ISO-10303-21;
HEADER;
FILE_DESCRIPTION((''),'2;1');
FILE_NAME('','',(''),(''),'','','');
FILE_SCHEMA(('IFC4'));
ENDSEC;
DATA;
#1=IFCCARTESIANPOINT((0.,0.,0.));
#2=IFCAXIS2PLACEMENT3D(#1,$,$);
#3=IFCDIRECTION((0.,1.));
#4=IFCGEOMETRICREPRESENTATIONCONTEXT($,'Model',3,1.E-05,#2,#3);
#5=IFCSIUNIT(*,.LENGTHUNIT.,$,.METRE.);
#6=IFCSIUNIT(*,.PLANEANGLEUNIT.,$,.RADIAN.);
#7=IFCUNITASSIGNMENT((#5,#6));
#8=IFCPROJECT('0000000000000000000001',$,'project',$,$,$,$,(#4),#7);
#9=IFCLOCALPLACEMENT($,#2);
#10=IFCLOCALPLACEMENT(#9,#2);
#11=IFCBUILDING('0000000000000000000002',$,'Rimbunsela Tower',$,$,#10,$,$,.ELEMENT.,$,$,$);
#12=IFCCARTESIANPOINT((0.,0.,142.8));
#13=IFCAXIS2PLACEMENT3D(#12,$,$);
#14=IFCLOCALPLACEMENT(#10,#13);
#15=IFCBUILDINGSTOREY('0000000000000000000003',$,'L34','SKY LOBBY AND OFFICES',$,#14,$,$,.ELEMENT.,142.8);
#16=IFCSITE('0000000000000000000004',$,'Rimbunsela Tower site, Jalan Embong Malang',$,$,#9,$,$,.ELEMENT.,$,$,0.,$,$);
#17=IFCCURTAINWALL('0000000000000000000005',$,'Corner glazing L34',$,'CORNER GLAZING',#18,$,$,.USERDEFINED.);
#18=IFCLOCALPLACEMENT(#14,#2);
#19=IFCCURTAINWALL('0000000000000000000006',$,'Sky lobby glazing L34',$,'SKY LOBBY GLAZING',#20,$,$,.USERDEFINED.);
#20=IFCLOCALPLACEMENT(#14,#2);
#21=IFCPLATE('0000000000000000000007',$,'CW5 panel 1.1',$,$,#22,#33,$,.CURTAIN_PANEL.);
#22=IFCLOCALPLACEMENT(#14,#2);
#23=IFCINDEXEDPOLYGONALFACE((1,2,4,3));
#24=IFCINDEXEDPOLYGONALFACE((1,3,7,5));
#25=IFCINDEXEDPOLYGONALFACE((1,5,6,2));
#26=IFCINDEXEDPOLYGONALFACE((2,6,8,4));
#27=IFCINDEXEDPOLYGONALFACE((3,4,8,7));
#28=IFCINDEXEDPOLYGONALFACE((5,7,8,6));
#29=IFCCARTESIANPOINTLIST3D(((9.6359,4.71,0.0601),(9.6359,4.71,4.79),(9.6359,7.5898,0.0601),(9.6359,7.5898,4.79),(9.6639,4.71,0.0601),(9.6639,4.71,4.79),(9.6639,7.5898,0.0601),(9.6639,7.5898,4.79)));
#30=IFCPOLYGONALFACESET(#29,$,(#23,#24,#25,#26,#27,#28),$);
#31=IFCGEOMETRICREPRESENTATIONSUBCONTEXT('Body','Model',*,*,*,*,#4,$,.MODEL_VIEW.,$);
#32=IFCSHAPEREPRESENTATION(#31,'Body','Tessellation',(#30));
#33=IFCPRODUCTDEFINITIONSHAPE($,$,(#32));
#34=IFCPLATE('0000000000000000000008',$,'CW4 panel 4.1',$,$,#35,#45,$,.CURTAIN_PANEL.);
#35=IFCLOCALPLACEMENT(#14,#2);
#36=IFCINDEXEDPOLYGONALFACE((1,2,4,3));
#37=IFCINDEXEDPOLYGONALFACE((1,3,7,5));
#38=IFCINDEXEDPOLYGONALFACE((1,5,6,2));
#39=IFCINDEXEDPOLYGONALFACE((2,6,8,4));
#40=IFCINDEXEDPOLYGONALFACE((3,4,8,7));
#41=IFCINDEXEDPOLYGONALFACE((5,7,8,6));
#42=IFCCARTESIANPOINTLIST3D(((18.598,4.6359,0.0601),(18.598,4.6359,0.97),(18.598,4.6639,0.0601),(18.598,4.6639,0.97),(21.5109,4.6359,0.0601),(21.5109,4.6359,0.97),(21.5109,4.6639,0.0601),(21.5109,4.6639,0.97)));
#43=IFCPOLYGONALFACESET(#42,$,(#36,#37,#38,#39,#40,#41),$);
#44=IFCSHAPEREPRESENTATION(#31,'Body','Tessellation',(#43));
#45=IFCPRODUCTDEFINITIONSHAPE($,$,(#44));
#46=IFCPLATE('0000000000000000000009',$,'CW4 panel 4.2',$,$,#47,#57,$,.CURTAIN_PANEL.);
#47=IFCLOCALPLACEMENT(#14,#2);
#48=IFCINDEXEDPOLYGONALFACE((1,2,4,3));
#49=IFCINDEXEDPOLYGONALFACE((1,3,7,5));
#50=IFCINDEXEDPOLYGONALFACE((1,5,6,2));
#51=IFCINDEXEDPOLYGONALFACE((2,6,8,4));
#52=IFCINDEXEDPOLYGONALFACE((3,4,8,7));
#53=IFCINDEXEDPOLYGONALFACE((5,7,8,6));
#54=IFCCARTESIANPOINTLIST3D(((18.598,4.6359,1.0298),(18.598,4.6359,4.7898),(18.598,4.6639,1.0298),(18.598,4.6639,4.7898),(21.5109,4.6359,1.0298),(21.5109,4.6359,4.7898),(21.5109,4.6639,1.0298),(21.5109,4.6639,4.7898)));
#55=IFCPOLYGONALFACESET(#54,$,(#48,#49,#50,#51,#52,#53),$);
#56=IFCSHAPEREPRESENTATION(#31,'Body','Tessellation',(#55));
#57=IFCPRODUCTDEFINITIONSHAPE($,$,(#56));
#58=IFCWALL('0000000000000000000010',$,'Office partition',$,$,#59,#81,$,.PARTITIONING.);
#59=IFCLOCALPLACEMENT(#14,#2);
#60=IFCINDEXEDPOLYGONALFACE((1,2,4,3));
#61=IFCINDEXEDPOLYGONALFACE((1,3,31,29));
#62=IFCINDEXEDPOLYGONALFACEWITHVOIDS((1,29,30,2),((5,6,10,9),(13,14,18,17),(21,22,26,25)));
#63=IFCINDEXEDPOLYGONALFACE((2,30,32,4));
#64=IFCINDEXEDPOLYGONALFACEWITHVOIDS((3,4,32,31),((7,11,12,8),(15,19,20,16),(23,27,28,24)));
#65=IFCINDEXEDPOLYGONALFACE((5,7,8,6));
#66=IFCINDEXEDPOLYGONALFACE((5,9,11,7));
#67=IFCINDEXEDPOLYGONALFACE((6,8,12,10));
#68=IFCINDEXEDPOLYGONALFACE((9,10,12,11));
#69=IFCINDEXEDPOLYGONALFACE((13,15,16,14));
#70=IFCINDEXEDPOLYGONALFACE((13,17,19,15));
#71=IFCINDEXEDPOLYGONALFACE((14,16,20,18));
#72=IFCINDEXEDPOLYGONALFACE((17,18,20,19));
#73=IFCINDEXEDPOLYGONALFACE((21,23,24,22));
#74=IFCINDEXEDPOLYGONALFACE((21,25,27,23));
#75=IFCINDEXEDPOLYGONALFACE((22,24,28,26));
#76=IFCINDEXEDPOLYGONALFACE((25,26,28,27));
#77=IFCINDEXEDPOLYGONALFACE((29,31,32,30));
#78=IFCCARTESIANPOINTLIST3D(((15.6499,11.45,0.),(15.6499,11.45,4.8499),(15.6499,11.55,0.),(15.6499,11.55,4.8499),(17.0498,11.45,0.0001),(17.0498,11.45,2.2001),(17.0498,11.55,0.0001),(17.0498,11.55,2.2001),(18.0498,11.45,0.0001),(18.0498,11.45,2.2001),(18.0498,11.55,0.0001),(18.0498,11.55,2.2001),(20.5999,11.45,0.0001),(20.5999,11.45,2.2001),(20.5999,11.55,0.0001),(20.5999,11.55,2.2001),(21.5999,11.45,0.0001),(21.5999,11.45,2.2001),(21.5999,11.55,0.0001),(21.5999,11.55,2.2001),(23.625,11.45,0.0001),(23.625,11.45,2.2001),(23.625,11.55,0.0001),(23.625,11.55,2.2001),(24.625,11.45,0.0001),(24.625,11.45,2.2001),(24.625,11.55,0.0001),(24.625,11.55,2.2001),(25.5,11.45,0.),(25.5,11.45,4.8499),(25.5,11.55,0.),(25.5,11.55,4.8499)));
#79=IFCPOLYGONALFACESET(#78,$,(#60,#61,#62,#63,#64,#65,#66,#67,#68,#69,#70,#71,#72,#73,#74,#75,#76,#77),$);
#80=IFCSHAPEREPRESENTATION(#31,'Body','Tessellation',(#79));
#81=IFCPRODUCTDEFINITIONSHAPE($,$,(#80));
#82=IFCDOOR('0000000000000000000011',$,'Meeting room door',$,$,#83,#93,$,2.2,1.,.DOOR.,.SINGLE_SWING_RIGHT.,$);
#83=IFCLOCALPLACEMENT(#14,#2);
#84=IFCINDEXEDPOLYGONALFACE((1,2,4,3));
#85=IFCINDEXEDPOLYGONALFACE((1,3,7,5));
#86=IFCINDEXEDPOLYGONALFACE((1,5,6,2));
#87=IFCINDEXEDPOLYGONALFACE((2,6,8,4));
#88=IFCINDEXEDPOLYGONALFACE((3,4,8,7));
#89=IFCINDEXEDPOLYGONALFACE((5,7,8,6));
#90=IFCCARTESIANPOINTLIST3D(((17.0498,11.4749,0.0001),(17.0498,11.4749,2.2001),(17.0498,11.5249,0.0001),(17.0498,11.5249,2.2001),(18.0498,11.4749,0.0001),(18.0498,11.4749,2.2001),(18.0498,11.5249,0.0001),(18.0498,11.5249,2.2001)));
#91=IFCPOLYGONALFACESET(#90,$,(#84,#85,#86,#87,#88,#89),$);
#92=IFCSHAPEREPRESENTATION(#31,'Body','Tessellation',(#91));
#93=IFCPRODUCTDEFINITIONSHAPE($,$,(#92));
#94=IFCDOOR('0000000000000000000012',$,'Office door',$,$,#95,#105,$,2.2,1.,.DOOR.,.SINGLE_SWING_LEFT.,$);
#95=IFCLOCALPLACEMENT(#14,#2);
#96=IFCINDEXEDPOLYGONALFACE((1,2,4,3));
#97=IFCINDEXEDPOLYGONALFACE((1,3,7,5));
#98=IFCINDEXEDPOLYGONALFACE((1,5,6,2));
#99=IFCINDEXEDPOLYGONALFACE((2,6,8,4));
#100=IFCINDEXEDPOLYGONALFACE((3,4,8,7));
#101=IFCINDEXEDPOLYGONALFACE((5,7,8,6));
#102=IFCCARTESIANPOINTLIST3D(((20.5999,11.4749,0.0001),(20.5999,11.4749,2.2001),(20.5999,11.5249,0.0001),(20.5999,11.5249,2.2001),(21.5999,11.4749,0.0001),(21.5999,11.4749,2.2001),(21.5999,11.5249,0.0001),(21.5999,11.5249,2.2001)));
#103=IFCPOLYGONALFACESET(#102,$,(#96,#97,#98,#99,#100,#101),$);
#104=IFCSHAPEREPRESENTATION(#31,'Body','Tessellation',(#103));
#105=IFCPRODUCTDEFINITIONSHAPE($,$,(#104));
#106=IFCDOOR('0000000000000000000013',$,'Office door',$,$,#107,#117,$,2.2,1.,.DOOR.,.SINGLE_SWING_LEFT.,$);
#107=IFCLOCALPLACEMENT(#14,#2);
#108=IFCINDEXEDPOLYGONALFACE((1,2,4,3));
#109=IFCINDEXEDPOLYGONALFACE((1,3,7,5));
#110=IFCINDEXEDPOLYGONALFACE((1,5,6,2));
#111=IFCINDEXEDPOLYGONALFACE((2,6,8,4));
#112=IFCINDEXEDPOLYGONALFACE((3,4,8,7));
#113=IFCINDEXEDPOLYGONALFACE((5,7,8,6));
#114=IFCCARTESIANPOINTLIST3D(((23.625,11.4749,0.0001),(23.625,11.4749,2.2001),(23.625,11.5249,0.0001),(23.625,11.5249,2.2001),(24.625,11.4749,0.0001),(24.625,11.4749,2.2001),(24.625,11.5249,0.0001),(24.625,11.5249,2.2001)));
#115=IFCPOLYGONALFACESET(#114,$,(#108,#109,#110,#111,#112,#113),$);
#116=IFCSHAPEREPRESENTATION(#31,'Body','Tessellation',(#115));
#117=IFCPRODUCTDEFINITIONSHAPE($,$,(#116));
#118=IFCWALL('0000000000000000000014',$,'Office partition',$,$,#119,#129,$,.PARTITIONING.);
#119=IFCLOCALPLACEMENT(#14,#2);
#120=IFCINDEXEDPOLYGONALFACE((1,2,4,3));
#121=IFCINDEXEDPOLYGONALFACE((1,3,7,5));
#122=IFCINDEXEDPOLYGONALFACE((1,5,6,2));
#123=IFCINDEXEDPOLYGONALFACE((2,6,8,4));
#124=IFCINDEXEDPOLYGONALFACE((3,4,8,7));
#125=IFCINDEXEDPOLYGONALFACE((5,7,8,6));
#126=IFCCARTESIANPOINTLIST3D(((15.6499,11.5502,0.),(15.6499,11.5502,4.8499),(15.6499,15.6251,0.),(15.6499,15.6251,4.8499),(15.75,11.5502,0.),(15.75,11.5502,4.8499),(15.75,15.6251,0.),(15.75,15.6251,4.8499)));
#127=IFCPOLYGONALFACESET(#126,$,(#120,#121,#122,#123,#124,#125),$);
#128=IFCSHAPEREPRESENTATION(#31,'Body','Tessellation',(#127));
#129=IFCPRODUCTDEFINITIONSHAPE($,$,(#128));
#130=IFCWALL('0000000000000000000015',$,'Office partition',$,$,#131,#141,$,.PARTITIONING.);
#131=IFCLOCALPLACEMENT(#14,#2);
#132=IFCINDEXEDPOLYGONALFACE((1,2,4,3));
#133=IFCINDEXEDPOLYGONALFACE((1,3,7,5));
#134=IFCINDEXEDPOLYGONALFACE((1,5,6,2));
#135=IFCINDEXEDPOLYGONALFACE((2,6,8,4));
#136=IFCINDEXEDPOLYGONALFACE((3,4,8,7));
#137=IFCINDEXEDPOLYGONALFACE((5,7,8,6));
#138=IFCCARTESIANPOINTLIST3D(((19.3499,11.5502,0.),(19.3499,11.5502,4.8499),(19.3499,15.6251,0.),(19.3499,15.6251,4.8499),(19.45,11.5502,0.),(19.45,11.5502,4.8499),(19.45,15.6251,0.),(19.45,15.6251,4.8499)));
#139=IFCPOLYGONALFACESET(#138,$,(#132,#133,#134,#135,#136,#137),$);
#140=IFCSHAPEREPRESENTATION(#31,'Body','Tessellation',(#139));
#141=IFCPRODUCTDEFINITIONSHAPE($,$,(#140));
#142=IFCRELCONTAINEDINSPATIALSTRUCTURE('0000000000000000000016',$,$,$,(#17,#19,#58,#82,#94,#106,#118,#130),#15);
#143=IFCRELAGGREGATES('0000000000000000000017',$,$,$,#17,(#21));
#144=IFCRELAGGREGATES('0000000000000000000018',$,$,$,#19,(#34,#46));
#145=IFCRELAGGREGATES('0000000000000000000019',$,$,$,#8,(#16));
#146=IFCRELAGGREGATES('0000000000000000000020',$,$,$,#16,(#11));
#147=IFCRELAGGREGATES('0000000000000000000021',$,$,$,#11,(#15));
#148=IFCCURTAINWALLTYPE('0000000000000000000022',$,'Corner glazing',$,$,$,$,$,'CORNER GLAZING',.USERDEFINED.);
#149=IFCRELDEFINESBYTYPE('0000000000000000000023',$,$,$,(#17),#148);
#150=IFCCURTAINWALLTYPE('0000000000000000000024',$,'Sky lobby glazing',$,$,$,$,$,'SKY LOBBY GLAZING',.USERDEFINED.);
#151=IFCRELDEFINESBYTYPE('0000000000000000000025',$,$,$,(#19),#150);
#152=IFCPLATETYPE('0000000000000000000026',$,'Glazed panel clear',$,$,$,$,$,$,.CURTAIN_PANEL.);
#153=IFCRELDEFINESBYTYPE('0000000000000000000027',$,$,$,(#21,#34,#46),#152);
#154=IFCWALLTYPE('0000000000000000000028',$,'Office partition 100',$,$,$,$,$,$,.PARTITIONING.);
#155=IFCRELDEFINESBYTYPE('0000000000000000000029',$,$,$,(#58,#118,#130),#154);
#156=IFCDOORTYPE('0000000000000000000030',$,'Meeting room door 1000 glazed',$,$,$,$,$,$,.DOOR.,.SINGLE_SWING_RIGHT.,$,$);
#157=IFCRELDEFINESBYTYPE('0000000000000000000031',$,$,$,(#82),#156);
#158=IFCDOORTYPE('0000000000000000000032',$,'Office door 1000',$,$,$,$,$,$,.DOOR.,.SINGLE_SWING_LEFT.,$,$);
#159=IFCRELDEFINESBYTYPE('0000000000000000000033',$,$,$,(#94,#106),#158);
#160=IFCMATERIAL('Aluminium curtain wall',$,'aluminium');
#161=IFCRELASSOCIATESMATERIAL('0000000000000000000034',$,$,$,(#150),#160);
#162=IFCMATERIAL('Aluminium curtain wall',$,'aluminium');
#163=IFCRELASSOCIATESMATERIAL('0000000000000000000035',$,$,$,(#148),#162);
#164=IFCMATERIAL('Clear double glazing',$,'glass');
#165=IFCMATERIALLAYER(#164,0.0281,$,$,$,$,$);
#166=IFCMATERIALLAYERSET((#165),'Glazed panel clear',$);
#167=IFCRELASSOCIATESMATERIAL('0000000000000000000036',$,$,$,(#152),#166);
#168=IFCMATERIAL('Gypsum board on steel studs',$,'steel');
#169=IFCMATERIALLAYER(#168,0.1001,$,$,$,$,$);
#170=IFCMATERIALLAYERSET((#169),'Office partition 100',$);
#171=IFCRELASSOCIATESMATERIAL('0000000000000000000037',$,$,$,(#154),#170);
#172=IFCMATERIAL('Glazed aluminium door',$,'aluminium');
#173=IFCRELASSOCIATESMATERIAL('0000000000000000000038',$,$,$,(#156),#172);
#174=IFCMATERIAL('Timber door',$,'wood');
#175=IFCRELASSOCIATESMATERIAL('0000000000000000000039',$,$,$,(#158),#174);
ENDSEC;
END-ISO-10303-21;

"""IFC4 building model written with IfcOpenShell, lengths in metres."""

from ifc_helpers import new_model, si_unit, direction, frame, frame_2d, origin, origin_2d, place, context, subcontext, project, spatial, rectangle, extrude, material, layer, layer_set, type_object, element, fill, aggregate, save


model = new_model("IFC4")

# Units and contexts
model_context = context("Model", 3, precision=1e-05, world=origin(), true_north=direction((0.0, 1.0)))
body_context = subcontext(model_context, "Body", "Model", "MODEL_VIEW")
ifc_project = project(units=[si_unit("LENGTHUNIT", "METRE"), si_unit("PLANEANGLEUNIT", "RADIAN")], contexts=[model_context])

# Site, building, storey
site_placement = place(None, origin())
site = spatial("IfcSite", under=ifc_project, at=site_placement, Name="Rimbunsela Tower site, Jalan Embong Malang", CompositionType="ELEMENT", RefElevation=0.0)
building_placement = place(site_placement, origin())
building = spatial("IfcBuilding", under=site, at=building_placement, Name="Rimbunsela Tower", CompositionType="ELEMENT")
storey_placement = place(building_placement, frame((0.0, 0.0, 142.8)))
storey = spatial("IfcBuildingStorey", under=building, at=storey_placement, Name="L34", Description="SKY LOBBY AND OFFICES", CompositionType="ELEMENT", Elevation=142.8)

# Curtain wall
ifc_material_1 = material(Name="Aluminium curtain wall", Category="aluminium")
curtain_wall_type_1 = type_object("IfcCurtainWallType", Name="Sky lobby glazing", ElementType="SKY LOBBY GLAZING", PredefinedType="USERDEFINED", material=ifc_material_1)
ifc_material_2 = material(Name="Aluminium curtain wall", Category="aluminium")
curtain_wall_type_2 = type_object("IfcCurtainWallType", Name="Corner glazing", ElementType="CORNER GLAZING", PredefinedType="USERDEFINED", material=ifc_material_2)
curtain_wall_1_placement = place(storey_placement, origin())
curtain_wall_1 = element("IfcCurtainWall", 1, at=curtain_wall_1_placement, inside=storey, type_object=curtain_wall_type_2, Name="Corner glazing L34", ObjectType="CORNER GLAZING", PredefinedType="USERDEFINED")

# Curtain wall
curtain_wall_2_placement = place(storey_placement, origin())
curtain_wall_2 = element("IfcCurtainWall", 2, at=curtain_wall_2_placement, inside=storey, type_object=curtain_wall_type_1, Name="Sky lobby glazing L34", ObjectType="SKY LOBBY GLAZING", PredefinedType="USERDEFINED")

# Plates
ifc_material_3 = material(Name="Clear double glazing", Category="glass")
ifc_layer_1 = layer(ifc_material_3, 0.0281)
ifc_layer_set_1 = layer_set([ifc_layer_1], Name="Glazed panel clear")
plate_type = type_object("IfcPlateType", Name="Glazed panel clear", PredefinedType="CURTAIN_PANEL", material=ifc_layer_set_1)
plate_1_placement = place(storey_placement, frame((9.6499, 6.1499, 0.0601), z_axis=(0.0, 0.0, 1.0), x_axis=(0.0, -1.0, 0.0)))
plate_1 = element("IfcPlate", 3, at=plate_1_placement, type_object=plate_type, Name="CW5 panel 1.1", PredefinedType="CURTAIN_PANEL", context=body_context, shape_type="SweptSolid", body=[
    extrude(rectangle(XDim=2.8799, YDim=0.0281, at=origin_2d()), origin(), (0.0, 0.0, 1.0), 4.73),
])
aggregate(curtain_wall_1, [plate_1])
plate_2_placement = place(storey_placement, frame((20.0544, 4.6499, 0.0601), z_axis=(0.0, 0.0, 1.0), x_axis=(1.0, 0.0, 0.0)))
plate_2 = element("IfcPlate", 4, at=plate_2_placement, type_object=plate_type, Name="CW4 panel 4.1", PredefinedType="CURTAIN_PANEL", context=body_context, shape_type="SweptSolid", body=[
    extrude(rectangle(XDim=2.9128, YDim=0.0281, at=origin_2d()), origin(), (0.0, 0.0, 1.0), 0.9099),
])
plate_3_placement = place(storey_placement, frame((20.0544, 4.6499, 1.0298), z_axis=(0.0, 0.0, 1.0), x_axis=(1.0, 0.0, 0.0)))
plate_3 = element("IfcPlate", 5, at=plate_3_placement, type_object=plate_type, Name="CW4 panel 4.2", PredefinedType="CURTAIN_PANEL", context=body_context, shape_type="SweptSolid", body=[
    extrude(rectangle(XDim=2.9128, YDim=0.0281, at=origin_2d()), origin(), (0.0, 0.0, 1.0), 3.76),
])
aggregate(curtain_wall_2, [plate_2, plate_3])

# Wall, openings, doors
ifc_material_4 = material(Name="Gypsum board on steel studs", Category="steel")
ifc_layer_2 = layer(ifc_material_4, 0.1001)
ifc_layer_set_2 = layer_set([ifc_layer_2], Name="Office partition 100")
wall_type = type_object("IfcWallType", Name="Office partition 100", PredefinedType="PARTITIONING", material=ifc_layer_set_2)
wall_placement = place(storey_placement, frame((15.6499, 11.5, 0.0), z_axis=(0.0, 0.0, 1.0), x_axis=(1.0, 0.0, 0.0)))
wall = element("IfcWall", 6, at=wall_placement, inside=storey, type_object=wall_type, Name="Office partition", PredefinedType="PARTITIONING", context=body_context, shape_type="SweptSolid", body=[
    extrude(rectangle(XDim=9.8501, YDim=0.1001, at=frame_2d((4.925, 0.0))), origin(), (0.0, 0.0, 1.0), 4.8499),
])
opening_1_placement = place(wall_placement, frame((1.3999, 0.0, 0.0)))
opening_1 = element("IfcOpeningElement", 7, at=opening_1_placement, cuts=wall, PredefinedType="OPENING", context=body_context, shape_type="SweptSolid", body=[
    extrude(rectangle(XDim=1.0, YDim=2.2, at=frame_2d((0.5, 1.1001))), frame((0.0, 0.0601, 0.0), z_axis=(0.0, -1.0, 0.0), x_axis=(1.0, 0.0, 0.0)), (0.0, 0.0, 1.0), 0.1201),
])
opening_2_placement = place(wall_placement, frame((4.95, 0.0, 0.0)))
opening_2 = element("IfcOpeningElement", 8, at=opening_2_placement, cuts=wall, PredefinedType="OPENING", context=body_context, shape_type="SweptSolid", body=[
    extrude(rectangle(XDim=1.0, YDim=2.2, at=frame_2d((0.5, 1.1001))), frame((0.0, 0.0601, 0.0), z_axis=(0.0, -1.0, 0.0), x_axis=(1.0, 0.0, 0.0)), (0.0, 0.0, 1.0), 0.1201),
])
opening_3_placement = place(wall_placement, frame((7.9751, 0.0, 0.0)))
opening_3 = element("IfcOpeningElement", 9, at=opening_3_placement, cuts=wall, PredefinedType="OPENING", context=body_context, shape_type="SweptSolid", body=[
    extrude(rectangle(XDim=1.0, YDim=2.2, at=frame_2d((0.5, 1.1001))), frame((0.0, 0.0601, 0.0), z_axis=(0.0, -1.0, 0.0), x_axis=(1.0, 0.0, 0.0)), (0.0, 0.0, 1.0), 0.1201),
])
ifc_material_5 = material(Name="Glazed aluminium door", Category="aluminium")
door_type_1 = type_object("IfcDoorType", Name="Meeting room door 1000 glazed", OperationType="SINGLE_SWING_RIGHT", PredefinedType="DOOR", material=ifc_material_5)
door_1_placement = place(opening_1_placement, origin())
door_1 = element("IfcDoor", 10, at=door_1_placement, inside=storey, type_object=door_type_1, Name="Meeting room door", OperationType="SINGLE_SWING_RIGHT", OverallHeight=2.2, OverallWidth=1.0, PredefinedType="DOOR", context=body_context, shape_type="SweptSolid", body=[
    extrude(rectangle(XDim=1.0, YDim=2.2, at=frame_2d((0.5, 1.1001))), frame((0.0, 0.0249, 0.0), z_axis=(0.0, -1.0, 0.0), x_axis=(1.0, 0.0, 0.0)), (0.0, 0.0, 1.0), 0.05),
])
fill(opening_1, door_1)
ifc_material_6 = material(Name="Timber door", Category="wood")
door_type_2 = type_object("IfcDoorType", Name="Office door 1000", OperationType="SINGLE_SWING_LEFT", PredefinedType="DOOR", material=ifc_material_6)
door_2_placement = place(opening_2_placement, origin())
door_2 = element("IfcDoor", 11, at=door_2_placement, inside=storey, type_object=door_type_2, Name="Office door", OperationType="SINGLE_SWING_LEFT", OverallHeight=2.2, OverallWidth=1.0, PredefinedType="DOOR", context=body_context, shape_type="SweptSolid", body=[
    extrude(rectangle(XDim=1.0, YDim=2.2, at=frame_2d((0.5, 1.1001))), frame((0.0, 0.0249, 0.0), z_axis=(0.0, -1.0, 0.0), x_axis=(1.0, 0.0, 0.0)), (0.0, 0.0, 1.0), 0.05),
])
fill(opening_2, door_2)
door_3_placement = place(opening_3_placement, origin())
door_3 = element("IfcDoor", 12, at=door_3_placement, inside=storey, type_object=door_type_2, Name="Office door", OperationType="SINGLE_SWING_LEFT", OverallHeight=2.2, OverallWidth=1.0, PredefinedType="DOOR", context=body_context, shape_type="SweptSolid", body=[
    extrude(rectangle(XDim=1.0, YDim=2.2, at=frame_2d((0.5, 1.1001))), frame((0.0, 0.0249, 0.0), z_axis=(0.0, -1.0, 0.0), x_axis=(1.0, 0.0, 0.0)), (0.0, 0.0, 1.0), 0.05),
])
fill(opening_3, door_3)

# Walls
for number, where, z_axis, x_axis, name in (
    (13, (15.7, 11.55, 0.0), (0.0, 0.0, 1.0), (0.0, 1.0, 0.0), "Office partition"),
    (14, (19.3999, 11.55, 0.0), (0.0, 0.0, 1.0), (0.0, 1.0, 0.0), "Office partition"),
):
    element("IfcWall", number, at=place(storey_placement, frame(where, z_axis=z_axis, x_axis=x_axis)), inside=storey, type_object=wall_type, Name=name, PredefinedType="PARTITIONING", context=body_context, shape_type="SweptSolid", body=[
        extrude(rectangle(XDim=4.075, YDim=0.1001, at=frame_2d((2.0376, 0.0))), origin(), (0.0, 0.0, 1.0), 4.8499),
    ])

save(model, "model.ifc")
